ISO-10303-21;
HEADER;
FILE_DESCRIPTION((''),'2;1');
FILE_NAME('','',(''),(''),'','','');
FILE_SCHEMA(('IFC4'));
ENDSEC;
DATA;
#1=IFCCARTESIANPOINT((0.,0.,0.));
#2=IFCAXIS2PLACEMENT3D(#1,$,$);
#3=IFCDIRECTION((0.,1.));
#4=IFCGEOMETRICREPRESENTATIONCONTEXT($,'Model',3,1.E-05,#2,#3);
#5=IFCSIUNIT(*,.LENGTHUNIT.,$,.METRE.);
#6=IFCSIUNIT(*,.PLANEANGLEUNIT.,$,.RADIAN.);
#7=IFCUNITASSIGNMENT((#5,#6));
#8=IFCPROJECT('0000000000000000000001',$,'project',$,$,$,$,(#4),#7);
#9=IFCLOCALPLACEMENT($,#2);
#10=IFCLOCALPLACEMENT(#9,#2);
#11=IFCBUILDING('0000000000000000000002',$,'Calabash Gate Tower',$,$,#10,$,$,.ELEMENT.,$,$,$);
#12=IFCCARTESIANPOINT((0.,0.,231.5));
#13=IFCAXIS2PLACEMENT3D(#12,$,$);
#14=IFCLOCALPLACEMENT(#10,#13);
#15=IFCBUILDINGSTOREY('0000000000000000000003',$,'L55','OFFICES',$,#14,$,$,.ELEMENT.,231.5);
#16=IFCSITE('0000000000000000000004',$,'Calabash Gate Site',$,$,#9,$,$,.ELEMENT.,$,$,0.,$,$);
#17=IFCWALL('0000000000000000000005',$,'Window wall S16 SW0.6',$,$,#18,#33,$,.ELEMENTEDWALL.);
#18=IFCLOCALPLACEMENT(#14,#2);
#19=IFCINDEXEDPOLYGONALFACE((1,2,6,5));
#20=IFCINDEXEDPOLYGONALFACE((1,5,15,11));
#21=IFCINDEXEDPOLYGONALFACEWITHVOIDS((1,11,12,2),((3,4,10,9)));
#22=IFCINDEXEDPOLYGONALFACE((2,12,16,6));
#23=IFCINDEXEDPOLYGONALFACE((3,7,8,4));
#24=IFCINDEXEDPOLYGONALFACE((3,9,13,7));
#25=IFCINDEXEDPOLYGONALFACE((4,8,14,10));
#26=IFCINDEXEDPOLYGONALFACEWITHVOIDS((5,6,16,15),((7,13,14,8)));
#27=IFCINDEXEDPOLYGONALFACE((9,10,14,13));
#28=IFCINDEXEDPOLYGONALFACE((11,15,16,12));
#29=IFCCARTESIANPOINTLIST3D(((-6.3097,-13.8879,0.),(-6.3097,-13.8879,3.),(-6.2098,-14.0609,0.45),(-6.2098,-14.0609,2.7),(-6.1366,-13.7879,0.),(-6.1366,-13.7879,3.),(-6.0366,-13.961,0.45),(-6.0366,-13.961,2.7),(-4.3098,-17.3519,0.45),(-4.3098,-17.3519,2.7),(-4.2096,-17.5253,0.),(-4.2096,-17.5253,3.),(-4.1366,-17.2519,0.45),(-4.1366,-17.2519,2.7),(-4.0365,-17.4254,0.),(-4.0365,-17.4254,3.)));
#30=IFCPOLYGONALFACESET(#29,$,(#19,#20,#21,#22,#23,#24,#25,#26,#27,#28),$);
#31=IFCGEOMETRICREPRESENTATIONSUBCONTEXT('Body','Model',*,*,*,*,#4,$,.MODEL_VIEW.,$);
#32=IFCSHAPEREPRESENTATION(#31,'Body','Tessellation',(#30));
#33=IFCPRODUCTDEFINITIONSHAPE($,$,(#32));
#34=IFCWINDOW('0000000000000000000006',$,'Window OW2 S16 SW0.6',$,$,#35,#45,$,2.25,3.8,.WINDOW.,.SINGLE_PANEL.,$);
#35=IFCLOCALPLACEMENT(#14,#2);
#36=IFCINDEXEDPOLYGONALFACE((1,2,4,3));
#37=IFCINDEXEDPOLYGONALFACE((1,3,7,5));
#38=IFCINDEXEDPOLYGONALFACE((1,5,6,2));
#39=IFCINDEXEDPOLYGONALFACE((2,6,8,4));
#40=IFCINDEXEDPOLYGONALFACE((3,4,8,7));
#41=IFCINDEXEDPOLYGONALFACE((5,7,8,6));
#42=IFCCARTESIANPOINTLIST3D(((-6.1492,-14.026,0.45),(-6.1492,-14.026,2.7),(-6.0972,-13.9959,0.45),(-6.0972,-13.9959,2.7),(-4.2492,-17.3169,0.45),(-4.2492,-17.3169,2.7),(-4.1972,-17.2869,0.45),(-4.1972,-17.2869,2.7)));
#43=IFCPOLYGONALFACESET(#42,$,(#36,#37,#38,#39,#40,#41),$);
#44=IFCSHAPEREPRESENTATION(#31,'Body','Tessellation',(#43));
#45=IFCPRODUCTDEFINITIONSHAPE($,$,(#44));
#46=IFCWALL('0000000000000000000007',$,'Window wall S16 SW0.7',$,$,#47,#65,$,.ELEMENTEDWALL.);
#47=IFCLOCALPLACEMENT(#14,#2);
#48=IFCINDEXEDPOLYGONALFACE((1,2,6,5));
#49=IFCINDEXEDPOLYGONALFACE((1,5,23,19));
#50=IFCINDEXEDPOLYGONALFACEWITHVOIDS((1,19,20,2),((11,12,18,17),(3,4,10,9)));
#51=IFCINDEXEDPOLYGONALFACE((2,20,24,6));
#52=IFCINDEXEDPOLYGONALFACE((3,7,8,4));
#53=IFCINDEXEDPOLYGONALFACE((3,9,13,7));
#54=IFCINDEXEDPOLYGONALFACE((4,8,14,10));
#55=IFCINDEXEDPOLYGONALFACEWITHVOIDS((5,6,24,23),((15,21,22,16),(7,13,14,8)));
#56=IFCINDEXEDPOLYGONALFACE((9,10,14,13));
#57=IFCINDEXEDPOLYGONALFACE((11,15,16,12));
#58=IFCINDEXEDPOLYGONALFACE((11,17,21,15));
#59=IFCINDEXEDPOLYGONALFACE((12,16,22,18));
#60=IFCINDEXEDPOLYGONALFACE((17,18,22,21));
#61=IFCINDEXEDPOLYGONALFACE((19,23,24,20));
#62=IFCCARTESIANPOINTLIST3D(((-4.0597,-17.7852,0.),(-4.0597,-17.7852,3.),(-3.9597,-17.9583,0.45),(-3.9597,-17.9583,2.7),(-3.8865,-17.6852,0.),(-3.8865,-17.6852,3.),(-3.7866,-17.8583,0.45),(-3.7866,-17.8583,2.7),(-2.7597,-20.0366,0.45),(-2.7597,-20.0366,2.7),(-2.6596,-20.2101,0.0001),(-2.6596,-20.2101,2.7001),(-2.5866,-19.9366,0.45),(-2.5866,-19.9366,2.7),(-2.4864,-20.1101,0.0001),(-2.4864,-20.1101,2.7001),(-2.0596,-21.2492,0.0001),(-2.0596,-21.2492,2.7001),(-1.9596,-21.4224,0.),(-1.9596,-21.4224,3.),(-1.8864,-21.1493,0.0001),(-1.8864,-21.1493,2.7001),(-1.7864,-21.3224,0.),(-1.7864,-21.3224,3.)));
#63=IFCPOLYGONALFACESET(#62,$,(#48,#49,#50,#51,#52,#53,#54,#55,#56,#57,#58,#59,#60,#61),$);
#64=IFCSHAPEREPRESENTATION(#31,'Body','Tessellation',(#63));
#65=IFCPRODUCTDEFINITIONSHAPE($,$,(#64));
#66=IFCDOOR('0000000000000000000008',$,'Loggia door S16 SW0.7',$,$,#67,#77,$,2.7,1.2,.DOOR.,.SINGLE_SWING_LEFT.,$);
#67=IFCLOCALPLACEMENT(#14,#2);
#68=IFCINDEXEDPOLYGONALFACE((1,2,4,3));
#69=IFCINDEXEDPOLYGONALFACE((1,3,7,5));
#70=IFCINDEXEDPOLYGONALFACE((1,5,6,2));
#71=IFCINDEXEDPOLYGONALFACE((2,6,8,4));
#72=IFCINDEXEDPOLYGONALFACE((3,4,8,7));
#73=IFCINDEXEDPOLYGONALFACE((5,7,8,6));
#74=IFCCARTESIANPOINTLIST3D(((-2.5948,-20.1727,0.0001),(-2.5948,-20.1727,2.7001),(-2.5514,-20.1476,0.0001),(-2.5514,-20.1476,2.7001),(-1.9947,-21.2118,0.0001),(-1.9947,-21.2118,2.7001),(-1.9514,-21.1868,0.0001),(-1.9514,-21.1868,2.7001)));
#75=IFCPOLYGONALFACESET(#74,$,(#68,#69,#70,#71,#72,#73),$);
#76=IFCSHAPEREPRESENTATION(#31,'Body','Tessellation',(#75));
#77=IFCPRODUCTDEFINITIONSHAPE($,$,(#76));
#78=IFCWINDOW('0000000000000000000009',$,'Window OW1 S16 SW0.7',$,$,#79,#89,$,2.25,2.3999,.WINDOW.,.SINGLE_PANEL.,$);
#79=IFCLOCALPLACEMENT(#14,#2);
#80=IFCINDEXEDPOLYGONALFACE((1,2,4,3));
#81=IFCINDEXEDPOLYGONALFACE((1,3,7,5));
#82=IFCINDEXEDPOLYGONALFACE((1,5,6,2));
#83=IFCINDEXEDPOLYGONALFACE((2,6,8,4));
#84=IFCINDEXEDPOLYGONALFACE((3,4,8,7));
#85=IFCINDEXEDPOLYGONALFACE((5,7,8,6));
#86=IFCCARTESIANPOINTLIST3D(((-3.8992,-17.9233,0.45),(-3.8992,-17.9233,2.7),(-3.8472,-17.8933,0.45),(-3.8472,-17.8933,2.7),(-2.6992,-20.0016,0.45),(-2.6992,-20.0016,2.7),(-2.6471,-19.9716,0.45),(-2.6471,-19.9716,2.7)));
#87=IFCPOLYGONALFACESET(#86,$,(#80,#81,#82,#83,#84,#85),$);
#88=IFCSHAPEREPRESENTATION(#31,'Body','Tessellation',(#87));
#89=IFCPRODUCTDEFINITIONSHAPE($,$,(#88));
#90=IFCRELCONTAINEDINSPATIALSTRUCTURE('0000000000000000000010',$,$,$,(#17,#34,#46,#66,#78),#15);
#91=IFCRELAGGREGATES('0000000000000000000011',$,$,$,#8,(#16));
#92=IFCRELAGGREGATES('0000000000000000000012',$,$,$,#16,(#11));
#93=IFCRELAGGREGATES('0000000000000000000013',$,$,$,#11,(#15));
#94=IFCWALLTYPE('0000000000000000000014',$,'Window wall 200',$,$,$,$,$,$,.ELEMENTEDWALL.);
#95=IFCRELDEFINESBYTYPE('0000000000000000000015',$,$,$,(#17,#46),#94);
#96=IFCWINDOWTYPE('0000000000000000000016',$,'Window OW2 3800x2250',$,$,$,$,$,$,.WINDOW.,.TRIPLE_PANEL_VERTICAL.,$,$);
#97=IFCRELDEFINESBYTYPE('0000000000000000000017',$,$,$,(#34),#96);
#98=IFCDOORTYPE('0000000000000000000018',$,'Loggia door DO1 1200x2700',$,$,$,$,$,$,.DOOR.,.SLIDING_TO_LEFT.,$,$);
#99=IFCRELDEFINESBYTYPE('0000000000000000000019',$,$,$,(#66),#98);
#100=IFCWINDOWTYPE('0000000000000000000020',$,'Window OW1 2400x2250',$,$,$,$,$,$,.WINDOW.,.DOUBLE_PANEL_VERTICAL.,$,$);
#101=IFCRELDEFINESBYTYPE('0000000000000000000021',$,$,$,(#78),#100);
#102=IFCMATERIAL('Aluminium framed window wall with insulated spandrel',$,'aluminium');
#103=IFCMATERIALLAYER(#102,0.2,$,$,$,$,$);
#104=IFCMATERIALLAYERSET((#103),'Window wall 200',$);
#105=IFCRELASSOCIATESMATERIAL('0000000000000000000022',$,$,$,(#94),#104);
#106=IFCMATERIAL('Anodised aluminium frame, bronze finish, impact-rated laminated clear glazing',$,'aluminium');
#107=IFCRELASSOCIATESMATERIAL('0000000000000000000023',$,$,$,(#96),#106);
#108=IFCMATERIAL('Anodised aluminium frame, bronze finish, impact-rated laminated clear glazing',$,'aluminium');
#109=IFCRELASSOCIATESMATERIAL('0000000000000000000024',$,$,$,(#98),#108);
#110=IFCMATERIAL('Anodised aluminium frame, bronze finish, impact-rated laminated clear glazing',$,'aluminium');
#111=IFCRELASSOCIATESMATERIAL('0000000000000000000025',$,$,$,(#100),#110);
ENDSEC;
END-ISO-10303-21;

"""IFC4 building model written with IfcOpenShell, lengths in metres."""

from ifc_helpers import new_model, si_unit, direction, frame, frame_2d, origin, place, context, subcontext, project, spatial, rectangle, extrude, material, layer, layer_set, type_object, element, fill, save


model = new_model("IFC4")

# Units and contexts
model_context = context("Model", 3, precision=1e-05, world=origin(), true_north=direction((0.0, 1.0)))
body_context = subcontext(model_context, "Body", "Model", "MODEL_VIEW")
ifc_project = project(units=[si_unit("LENGTHUNIT", "METRE"), si_unit("PLANEANGLEUNIT", "RADIAN")], contexts=[model_context])

# Site, building, storey
site_placement = place(None, origin())
site = spatial("IfcSite", under=ifc_project, at=site_placement, Name="Calabash Gate Site", CompositionType="ELEMENT", RefElevation=0.0)
building_placement = place(site_placement, origin())
building = spatial("IfcBuilding", under=site, at=building_placement, Name="Calabash Gate Tower", CompositionType="ELEMENT")
storey_placement = place(building_placement, frame((0.0, 0.0, 231.5)))
storey = spatial("IfcBuildingStorey", under=building, at=storey_placement, Name="L55", Description="OFFICES", CompositionType="ELEMENT", Elevation=231.5)

# Wall, opening, window
ifc_material_1 = material(Name="Aluminium framed window wall with insulated spandrel", Category="aluminium")
ifc_layer_1 = layer(ifc_material_1, 0.2)
ifc_layer_set_1 = layer_set([ifc_layer_1], Name="Window wall 200")
wall_type_1 = type_object("IfcWallType", Name="Window wall 200", PredefinedType="ELEMENTEDWALL", material=ifc_layer_set_1)
wall_1_placement = place(storey_placement, frame((-6.2231, -13.8379, 0.0), z_axis=(0.0, 0.0, 1.0), x_axis=(0.500003, -0.866024, 0.0)))
wall_1 = element("IfcWall", 1, at=wall_1_placement, inside=storey, type_object=wall_type_1, Name="Window wall S16 SW0.6", PredefinedType="ELEMENTEDWALL", context=body_context, shape_type="SweptSolid", body=[
    extrude(rectangle(XDim=4.2002, YDim=0.2, at=frame_2d((2.1001, 0.0))), origin(), (0.0, 0.0, 1.0), 3.0),
])
opening_1_placement = place(wall_1_placement, frame((0.2, 0.0, 0.45)))
opening_1 = element("IfcOpeningElement", 2, at=opening_1_placement, cuts=wall_1, PredefinedType="OPENING", context=body_context, shape_type="SweptSolid", body=[
    extrude(rectangle(XDim=3.8, YDim=2.25, at=frame_2d((1.8999, 1.125))), frame((0.0, 0.1099, 0.0), z_axis=(0.0, -1.0, 0.0), x_axis=(1.0, 0.0, 0.0)), (0.0, 0.0, 1.0), 0.22),
])
ifc_material_2 = material(Name="Anodised aluminium frame, bronze finish, impact-rated laminated clear glazing", Category="aluminium")
window_type_1 = type_object("IfcWindowType", Name="Window OW2 3800x2250", PartitioningType="TRIPLE_PANEL_VERTICAL", PredefinedType="WINDOW", material=ifc_material_2)
window_1_placement = place(opening_1_placement, origin())
window_1 = element("IfcWindow", 3, at=window_1_placement, inside=storey, type_object=window_type_1, Name="Window OW2 S16 SW0.6", OverallHeight=2.25, OverallWidth=3.8, PartitioningType="SINGLE_PANEL", PredefinedType="WINDOW", context=body_context, shape_type="SweptSolid", body=[
    extrude(rectangle(XDim=3.8, YDim=2.25, at=frame_2d((1.8999, 1.125))), frame((0.0, 0.03, 0.0), z_axis=(0.0, -1.0, 0.0), x_axis=(1.0, 0.0, 0.0)), (0.0, 0.0, 1.0), 0.0601),
])
fill(opening_1, window_1)

# Wall, openings, door, window
wall_2_placement = place(storey_placement, frame((-3.9731, -17.7351, 0.0), z_axis=(0.0, 0.0, 1.0), x_axis=(0.500028, -0.866009, 0.0)))
wall_2 = element("IfcWall", 4, at=wall_2_placement, inside=storey, type_object=wall_type_1, Name="Window wall S16 SW0.7", PredefinedType="ELEMENTEDWALL", context=body_context, shape_type="SweptSolid", body=[
    extrude(rectangle(XDim=4.2, YDim=0.2, at=frame_2d((2.1001, 0.0))), origin(), (0.0, 0.0, 1.0), 3.0),
])
opening_2_placement = place(wall_2_placement, frame((0.2, 0.0, 0.45)))
opening_2 = element("IfcOpeningElement", 5, at=opening_2_placement, cuts=wall_2, PredefinedType="OPENING", context=body_context, shape_type="SweptSolid", body=[
    extrude(rectangle(XDim=2.3999, YDim=2.25, at=frame_2d((1.2, 1.125))), frame((0.0, 0.1099, 0.0), z_axis=(0.0, -1.0, 0.0), x_axis=(1.0, 0.0, 0.0)), (0.0, 0.0, 1.0), 0.22),
])
opening_3_placement = place(wall_2_placement, frame((2.8, 0.0, 0.0)))
opening_3 = element("IfcOpeningElement", 6, at=opening_3_placement, cuts=wall_2, PredefinedType="OPENING", context=body_context, shape_type="SweptSolid", body=[
    extrude(rectangle(XDim=1.2, YDim=2.7, at=frame_2d((0.6001, 1.3501))), frame((0.0, 0.1099, 0.0), z_axis=(0.0, -1.0, 0.0), x_axis=(1.0, 0.0, 0.0)), (0.0, 0.0, 1.0), 0.22),
])
ifc_material_3 = material(Name="Anodised aluminium frame, bronze finish, impact-rated laminated clear glazing", Category="aluminium")
door_type = type_object("IfcDoorType", Name="Loggia door DO1 1200x2700", OperationType="SLIDING_TO_LEFT", PredefinedType="DOOR", material=ifc_material_3)
door_placement = place(opening_3_placement, origin())
door = element("IfcDoor", 7, at=door_placement, inside=storey, type_object=door_type, Name="Loggia door S16 SW0.7", OperationType="SINGLE_SWING_LEFT", OverallHeight=2.7, OverallWidth=1.2, PredefinedType="DOOR", context=body_context, shape_type="SweptSolid", body=[
    extrude(rectangle(XDim=1.2, YDim=2.7, at=frame_2d((0.6001, 1.3501))), frame((0.0, 0.0249, 0.0), z_axis=(0.0, -1.0, 0.0), x_axis=(1.0, 0.0, 0.0)), (0.0, 0.0, 1.0), 0.05),
])
fill(opening_3, door)
ifc_material_4 = material(Name="Anodised aluminium frame, bronze finish, impact-rated laminated clear glazing", Category="aluminium")
window_type_2 = type_object("IfcWindowType", Name="Window OW1 2400x2250", PartitioningType="DOUBLE_PANEL_VERTICAL", PredefinedType="WINDOW", material=ifc_material_4)
window_2_placement = place(opening_2_placement, origin())
window_2 = element("IfcWindow", 8, at=window_2_placement, inside=storey, type_object=window_type_2, Name="Window OW1 S16 SW0.7", OverallHeight=2.25, OverallWidth=2.3999, PartitioningType="SINGLE_PANEL", PredefinedType="WINDOW", context=body_context, shape_type="SweptSolid", body=[
    extrude(rectangle(XDim=2.3999, YDim=2.25, at=frame_2d((1.2, 1.125))), frame((0.0, 0.03, 0.0), z_axis=(0.0, -1.0, 0.0), x_axis=(1.0, 0.0, 0.0)), (0.0, 0.0, 1.0), 0.0601),
])
fill(opening_2, window_2)

save(model, "model.ifc")
